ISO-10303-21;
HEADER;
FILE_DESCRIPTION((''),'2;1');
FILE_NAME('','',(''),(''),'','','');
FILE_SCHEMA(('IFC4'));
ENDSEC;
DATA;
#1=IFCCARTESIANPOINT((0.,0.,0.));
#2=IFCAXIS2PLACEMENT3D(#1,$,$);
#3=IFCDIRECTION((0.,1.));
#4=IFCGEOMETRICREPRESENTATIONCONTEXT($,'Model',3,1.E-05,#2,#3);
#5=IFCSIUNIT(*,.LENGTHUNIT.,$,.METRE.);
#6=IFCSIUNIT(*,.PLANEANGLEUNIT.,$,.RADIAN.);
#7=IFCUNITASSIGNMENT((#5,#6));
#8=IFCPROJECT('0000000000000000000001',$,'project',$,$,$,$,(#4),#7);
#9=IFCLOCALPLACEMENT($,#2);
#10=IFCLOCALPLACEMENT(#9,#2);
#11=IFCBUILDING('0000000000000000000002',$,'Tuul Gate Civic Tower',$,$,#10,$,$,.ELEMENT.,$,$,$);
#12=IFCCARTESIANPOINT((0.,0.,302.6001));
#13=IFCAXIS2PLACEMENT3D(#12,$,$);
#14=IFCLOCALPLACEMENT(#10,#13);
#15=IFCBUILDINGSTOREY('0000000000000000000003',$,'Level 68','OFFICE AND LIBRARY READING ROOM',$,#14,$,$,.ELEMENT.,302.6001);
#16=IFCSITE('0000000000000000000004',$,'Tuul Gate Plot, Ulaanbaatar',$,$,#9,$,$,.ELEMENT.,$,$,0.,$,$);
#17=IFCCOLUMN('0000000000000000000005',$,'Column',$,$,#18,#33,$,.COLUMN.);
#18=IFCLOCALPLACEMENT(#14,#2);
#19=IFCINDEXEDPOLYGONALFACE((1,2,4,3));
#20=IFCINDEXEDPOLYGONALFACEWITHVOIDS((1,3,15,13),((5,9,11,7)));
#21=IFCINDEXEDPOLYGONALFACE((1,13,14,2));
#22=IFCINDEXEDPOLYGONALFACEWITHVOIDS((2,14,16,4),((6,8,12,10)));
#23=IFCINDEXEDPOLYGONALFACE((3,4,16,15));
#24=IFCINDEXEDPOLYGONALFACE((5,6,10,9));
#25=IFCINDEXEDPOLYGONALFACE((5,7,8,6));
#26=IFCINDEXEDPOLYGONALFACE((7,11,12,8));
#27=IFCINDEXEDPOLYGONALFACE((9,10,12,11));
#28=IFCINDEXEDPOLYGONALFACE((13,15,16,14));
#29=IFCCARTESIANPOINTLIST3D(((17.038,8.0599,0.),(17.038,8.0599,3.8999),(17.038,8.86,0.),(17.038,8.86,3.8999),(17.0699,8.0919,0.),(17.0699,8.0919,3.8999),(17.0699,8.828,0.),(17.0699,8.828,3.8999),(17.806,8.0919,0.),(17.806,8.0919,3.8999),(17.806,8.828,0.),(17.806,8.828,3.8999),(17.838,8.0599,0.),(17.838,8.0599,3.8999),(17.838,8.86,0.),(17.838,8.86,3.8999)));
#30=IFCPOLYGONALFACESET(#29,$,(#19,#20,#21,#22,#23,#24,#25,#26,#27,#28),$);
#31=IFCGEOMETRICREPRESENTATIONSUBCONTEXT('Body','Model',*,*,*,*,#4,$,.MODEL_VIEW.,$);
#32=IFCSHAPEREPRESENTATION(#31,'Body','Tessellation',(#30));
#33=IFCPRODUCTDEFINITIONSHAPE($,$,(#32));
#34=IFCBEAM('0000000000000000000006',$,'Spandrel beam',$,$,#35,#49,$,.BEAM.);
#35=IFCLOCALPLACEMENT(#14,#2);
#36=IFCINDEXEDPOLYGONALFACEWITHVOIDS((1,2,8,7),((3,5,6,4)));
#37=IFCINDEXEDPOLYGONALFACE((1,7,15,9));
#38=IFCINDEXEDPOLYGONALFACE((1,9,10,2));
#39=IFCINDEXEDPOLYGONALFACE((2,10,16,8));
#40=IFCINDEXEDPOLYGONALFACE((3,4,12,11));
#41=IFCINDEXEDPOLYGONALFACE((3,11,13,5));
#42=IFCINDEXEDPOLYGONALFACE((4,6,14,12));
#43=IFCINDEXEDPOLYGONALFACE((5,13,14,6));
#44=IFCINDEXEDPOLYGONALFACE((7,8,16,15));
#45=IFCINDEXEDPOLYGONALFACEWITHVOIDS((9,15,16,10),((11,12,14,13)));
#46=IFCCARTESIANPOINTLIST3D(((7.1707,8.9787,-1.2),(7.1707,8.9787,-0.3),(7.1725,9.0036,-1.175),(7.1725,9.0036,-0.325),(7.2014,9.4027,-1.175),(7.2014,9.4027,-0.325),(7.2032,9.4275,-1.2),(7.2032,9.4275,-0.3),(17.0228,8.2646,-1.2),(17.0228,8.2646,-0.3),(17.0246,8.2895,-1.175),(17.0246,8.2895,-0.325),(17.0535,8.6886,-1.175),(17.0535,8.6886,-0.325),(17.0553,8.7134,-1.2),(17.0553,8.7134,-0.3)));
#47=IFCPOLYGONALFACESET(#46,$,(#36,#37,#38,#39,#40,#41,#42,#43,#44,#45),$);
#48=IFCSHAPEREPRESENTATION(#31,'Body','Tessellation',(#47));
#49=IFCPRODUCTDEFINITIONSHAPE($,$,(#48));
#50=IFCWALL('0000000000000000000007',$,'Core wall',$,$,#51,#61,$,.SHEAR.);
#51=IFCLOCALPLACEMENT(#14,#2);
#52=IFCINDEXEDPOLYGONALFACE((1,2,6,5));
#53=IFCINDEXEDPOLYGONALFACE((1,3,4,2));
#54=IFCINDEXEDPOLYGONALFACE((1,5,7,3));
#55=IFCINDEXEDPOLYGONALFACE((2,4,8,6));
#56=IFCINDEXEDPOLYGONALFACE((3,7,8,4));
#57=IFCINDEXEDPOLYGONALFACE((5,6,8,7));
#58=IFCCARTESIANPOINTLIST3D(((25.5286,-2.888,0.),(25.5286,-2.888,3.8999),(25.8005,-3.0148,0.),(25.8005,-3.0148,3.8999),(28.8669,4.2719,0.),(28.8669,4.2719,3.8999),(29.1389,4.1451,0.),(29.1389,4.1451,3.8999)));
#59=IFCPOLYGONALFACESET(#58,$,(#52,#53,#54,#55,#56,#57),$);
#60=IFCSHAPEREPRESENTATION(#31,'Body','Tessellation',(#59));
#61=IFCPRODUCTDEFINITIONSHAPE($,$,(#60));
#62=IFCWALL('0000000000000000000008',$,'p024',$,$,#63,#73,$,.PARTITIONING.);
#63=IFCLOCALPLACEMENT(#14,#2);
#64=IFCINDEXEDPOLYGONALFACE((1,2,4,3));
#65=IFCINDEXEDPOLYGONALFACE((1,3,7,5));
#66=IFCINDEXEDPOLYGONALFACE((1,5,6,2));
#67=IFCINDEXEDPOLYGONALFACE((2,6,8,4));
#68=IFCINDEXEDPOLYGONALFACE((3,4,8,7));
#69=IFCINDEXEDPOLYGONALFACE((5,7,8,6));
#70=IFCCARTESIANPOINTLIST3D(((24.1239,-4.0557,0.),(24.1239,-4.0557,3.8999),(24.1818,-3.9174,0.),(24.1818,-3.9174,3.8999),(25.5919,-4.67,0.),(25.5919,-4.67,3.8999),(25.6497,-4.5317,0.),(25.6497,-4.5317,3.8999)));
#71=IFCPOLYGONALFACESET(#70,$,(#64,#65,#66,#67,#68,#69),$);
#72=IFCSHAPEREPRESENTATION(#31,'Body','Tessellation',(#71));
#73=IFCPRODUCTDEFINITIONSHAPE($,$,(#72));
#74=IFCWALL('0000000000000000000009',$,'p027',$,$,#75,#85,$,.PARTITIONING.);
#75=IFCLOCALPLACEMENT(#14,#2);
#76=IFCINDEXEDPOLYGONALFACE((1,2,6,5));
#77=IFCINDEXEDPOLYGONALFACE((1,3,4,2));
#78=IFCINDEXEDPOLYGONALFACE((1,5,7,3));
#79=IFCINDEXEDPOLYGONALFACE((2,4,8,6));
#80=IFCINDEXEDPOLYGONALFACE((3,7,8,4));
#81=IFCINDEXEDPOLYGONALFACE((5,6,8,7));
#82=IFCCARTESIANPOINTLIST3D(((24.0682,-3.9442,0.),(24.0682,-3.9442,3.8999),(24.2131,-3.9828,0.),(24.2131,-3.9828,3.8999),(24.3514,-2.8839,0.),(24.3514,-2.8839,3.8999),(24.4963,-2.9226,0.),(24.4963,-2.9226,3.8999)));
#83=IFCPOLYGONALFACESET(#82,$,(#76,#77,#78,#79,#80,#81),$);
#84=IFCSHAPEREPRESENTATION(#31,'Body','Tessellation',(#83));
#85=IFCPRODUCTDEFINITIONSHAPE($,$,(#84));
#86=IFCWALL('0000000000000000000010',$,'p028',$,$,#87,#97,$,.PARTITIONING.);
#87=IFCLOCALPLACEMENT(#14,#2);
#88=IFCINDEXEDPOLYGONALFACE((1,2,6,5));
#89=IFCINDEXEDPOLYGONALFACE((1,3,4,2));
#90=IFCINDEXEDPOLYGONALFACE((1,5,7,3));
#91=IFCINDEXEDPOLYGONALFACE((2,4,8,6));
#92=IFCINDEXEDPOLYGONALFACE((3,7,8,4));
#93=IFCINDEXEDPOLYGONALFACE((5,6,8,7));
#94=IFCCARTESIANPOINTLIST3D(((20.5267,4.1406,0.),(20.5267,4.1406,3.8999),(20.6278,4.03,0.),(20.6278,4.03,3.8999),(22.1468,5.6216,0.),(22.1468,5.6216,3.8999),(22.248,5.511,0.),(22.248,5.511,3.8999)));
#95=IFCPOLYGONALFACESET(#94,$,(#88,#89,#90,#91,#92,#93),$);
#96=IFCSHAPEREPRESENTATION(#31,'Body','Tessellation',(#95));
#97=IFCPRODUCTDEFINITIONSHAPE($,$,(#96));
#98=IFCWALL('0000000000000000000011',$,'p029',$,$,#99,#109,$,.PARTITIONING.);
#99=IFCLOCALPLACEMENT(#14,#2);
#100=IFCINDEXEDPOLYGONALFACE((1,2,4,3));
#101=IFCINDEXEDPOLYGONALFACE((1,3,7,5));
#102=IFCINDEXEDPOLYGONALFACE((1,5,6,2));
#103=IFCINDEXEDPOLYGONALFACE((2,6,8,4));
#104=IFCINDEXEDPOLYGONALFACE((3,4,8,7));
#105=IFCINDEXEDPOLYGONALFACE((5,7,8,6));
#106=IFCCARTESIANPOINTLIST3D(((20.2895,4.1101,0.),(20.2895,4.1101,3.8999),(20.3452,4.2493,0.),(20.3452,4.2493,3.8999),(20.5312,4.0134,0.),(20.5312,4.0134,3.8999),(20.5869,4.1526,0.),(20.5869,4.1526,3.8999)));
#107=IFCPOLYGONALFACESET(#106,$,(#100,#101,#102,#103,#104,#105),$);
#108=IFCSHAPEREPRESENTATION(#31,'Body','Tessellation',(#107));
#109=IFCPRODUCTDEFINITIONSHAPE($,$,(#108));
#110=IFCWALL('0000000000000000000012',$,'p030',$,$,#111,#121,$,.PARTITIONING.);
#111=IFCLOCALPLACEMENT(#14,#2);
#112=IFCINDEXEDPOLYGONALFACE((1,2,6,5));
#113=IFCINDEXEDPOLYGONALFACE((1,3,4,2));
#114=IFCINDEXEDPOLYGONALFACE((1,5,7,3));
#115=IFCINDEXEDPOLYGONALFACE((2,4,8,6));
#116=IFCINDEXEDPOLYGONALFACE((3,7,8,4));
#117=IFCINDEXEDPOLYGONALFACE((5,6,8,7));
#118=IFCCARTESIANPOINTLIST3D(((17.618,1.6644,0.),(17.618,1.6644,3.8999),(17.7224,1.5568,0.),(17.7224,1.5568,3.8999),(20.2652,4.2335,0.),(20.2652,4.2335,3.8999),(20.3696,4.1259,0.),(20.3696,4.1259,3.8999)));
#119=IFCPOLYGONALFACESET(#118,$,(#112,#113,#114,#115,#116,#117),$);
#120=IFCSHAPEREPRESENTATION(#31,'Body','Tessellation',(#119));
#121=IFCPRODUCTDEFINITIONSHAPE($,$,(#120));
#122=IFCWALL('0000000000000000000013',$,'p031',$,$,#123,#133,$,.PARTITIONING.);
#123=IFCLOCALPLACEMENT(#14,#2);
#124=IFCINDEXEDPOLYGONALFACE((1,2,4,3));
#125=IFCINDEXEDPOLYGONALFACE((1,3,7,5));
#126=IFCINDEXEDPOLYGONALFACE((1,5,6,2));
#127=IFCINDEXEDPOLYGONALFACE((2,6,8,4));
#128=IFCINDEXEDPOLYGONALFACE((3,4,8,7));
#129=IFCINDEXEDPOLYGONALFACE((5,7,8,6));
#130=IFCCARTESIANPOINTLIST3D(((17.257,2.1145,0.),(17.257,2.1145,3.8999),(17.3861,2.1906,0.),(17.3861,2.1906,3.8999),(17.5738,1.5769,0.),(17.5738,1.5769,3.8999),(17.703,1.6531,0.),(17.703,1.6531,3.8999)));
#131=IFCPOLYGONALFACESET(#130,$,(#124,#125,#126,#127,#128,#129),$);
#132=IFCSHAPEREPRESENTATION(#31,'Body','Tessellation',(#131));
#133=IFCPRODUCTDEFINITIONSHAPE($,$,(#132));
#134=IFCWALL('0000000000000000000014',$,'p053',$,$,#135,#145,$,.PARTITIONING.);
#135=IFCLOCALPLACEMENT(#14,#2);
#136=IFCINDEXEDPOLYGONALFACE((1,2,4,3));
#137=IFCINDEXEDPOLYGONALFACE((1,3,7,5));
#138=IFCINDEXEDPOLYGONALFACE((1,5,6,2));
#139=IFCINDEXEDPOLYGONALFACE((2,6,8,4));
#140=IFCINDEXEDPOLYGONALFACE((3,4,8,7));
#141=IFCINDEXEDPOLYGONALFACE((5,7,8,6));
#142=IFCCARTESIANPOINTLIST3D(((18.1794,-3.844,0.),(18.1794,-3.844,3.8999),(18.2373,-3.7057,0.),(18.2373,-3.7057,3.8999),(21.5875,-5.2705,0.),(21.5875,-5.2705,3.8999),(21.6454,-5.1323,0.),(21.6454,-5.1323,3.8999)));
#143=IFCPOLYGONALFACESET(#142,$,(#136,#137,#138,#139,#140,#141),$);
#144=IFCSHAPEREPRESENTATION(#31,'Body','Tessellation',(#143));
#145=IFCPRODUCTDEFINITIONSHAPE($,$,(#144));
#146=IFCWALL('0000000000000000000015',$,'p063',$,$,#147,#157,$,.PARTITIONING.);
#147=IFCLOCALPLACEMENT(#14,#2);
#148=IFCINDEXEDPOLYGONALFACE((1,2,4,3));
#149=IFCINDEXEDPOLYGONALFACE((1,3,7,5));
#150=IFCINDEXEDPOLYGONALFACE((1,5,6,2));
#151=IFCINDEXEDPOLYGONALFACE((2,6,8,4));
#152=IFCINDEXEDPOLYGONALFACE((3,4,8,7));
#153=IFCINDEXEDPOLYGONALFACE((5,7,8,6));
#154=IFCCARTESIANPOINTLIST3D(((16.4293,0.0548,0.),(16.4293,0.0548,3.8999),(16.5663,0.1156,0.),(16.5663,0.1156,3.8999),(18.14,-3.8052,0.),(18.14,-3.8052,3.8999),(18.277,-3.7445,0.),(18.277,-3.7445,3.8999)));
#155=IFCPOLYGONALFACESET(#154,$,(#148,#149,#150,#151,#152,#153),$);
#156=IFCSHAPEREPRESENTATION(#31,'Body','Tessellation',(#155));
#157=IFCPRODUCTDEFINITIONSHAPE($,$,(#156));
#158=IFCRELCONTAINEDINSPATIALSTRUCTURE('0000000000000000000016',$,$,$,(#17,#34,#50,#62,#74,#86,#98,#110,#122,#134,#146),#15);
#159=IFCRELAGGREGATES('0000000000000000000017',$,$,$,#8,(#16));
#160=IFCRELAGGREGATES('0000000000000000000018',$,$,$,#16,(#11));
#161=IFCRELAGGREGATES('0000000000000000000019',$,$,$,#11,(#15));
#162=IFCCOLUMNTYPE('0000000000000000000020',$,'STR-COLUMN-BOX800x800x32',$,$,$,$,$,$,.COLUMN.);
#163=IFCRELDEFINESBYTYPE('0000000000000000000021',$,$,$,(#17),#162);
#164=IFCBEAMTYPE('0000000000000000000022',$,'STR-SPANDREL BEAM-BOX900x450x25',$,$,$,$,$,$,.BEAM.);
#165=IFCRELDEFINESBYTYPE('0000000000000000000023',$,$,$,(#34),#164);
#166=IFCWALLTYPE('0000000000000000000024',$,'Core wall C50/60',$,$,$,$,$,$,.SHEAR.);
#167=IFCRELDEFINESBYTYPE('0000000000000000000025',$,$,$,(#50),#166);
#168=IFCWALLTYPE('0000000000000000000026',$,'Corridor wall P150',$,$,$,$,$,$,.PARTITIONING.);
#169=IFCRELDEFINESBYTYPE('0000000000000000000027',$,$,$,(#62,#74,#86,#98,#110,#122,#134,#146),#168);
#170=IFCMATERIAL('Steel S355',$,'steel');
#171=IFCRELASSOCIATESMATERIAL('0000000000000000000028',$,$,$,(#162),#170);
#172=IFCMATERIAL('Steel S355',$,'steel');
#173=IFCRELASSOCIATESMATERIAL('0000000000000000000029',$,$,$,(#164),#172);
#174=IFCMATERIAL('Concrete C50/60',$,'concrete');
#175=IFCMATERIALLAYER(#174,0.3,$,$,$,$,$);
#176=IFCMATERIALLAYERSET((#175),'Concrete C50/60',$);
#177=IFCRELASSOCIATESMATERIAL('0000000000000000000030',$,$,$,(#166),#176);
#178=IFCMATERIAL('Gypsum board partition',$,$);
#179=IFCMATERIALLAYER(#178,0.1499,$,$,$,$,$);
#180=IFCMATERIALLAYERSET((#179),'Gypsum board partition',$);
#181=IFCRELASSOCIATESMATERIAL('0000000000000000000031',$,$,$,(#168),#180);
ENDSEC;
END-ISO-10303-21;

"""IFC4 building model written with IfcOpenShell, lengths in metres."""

from ifc_helpers import new_model, si_unit, direction, frame, frame_2d, origin, origin_2d, place, context, subcontext, project, spatial, rectangle, hollow_rectangle, extrude, material, layer, layer_set, material_profile, profile_set, type_object, element, save


model = new_model("IFC4")

# Units and contexts
model_context = context("Model", 3, precision=1e-05, world=origin(), true_north=direction((0.0, 1.0)))
body_context = subcontext(model_context, "Body", "Model", "MODEL_VIEW")
ifc_project = project(units=[si_unit("LENGTHUNIT", "METRE"), si_unit("PLANEANGLEUNIT", "RADIAN")], contexts=[model_context])

# Site, building, storey
site_placement = place(None, origin())
site = spatial("IfcSite", under=ifc_project, at=site_placement, Name="Tuul Gate Plot, Ulaanbaatar", CompositionType="ELEMENT", RefElevation=0.0)
building_placement = place(site_placement, origin())
building = spatial("IfcBuilding", under=site, at=building_placement, Name="Tuul Gate Civic Tower", CompositionType="ELEMENT")
storey_placement = place(building_placement, frame((0.0, 0.0, 302.6001)))
storey = spatial("IfcBuildingStorey", under=building, at=storey_placement, Name="Level 68", Description="OFFICE AND LIBRARY READING ROOM", CompositionType="ELEMENT", Elevation=302.6001)

# Column
ifc_material_1 = material(Name="Steel S355", Category="steel")
ifc_material_profile_1 = material_profile(ifc_material_1, hollow_rectangle(XDim=0.8, YDim=0.8, WallThickness=0.032, at=origin_2d()), Name="BOX800x800x32")
ifc_profile_set_1 = profile_set([ifc_material_profile_1], Name="Steel S355")
column_type = type_object("IfcColumnType", Name="STR-COLUMN-BOX800x800x32", PredefinedType="COLUMN", material=ifc_profile_set_1)
column_placement = place(storey_placement, frame((17.438, 8.46, 0.0), z_axis=(0.0, 0.0, 1.0), x_axis=(1.0, 0.0, 0.0)))
element("IfcColumn", 1, at=column_placement, inside=storey, type_object=column_type, Name="Column", PredefinedType="COLUMN", context=body_context, shape_type="SweptSolid", body=[
    extrude(hollow_rectangle(XDim=0.8, YDim=0.8, WallThickness=0.032, at=origin_2d()), origin(), (0.0, 0.0, 1.0), 3.8999),
])

# Beam
ifc_material_2 = material(Name="Steel S355", Category="steel")
ifc_material_profile_2 = material_profile(ifc_material_2, hollow_rectangle(XDim=0.45, YDim=0.8999, WallThickness=0.0249, at=origin_2d()), Name="BOX900x450x25")
ifc_profile_set_2 = profile_set([ifc_material_profile_2], Name="Steel S355")
beam_type = type_object("IfcBeamType", Name="STR-SPANDREL BEAM-BOX900x450x25", PredefinedType="BEAM", material=ifc_profile_set_2)
beam_placement = place(storey_placement, frame((17.0391, 8.489, -0.75), z_axis=(-0.997383, 0.072294, 0.0), x_axis=(-0.072294, -0.997383, 0.0)))
element("IfcBeam", 2, at=beam_placement, inside=storey, type_object=beam_type, Name="Spandrel beam", PredefinedType="BEAM", context=body_context, shape_type="SweptSolid", body=[
    extrude(hollow_rectangle(XDim=0.45, YDim=0.8999, WallThickness=0.0249, at=origin_2d()), origin(), (0.0, 0.0, 1.0), 9.8779),
])

# Walls
ifc_material_3 = material(Name="Concrete C50/60", Category="concrete")
ifc_layer_1 = layer(ifc_material_3, 0.3)
ifc_layer_set_1 = layer_set([ifc_layer_1], Name="Concrete C50/60")
wall_type_1 = type_object("IfcWallType", Name="Core wall C50/60", PredefinedType="SHEAR", material=ifc_layer_set_1)
wall_1_placement = place(storey_placement, frame((25.6646, -2.9514, 0.0), z_axis=(0.0, 0.0, 1.0), x_axis=(0.422583, 0.906324, 0.0)))
element("IfcWall", 3, at=wall_1_placement, inside=storey, type_object=wall_type_1, Name="Core wall", PredefinedType="SHEAR", context=body_context, shape_type="SweptSolid", body=[
    extrude(rectangle(XDim=7.8999, YDim=0.3, at=frame_2d((3.95, 0.0))), origin(), (0.0, 0.0, 1.0), 3.8999),
])
ifc_material_4 = material(Name="Gypsum board partition")
ifc_layer_2 = layer(ifc_material_4, 0.1499)
ifc_layer_set_2 = layer_set([ifc_layer_2], Name="Gypsum board partition")
wall_type_2 = type_object("IfcWallType", Name="Corridor wall P150", PredefinedType="PARTITIONING", material=ifc_layer_set_2)
wall_2_placement = place(storey_placement, frame((24.1528, -3.9866, 0.0), z_axis=(0.0, 0.0, 1.0), x_axis=(0.922499, -0.385998, 0.0)))
element("IfcWall", 4, at=wall_2_placement, inside=storey, type_object=wall_type_2, Name="p024", PredefinedType="PARTITIONING", context=body_context, shape_type="SweptSolid", body=[
    extrude(rectangle(XDim=1.5913, YDim=0.1499, at=frame_2d((0.7957, 0.0))), origin(), (0.0, 0.0, 1.0), 3.8999),
])
wall_3_placement = place(storey_placement, frame((24.1406, -3.9636, 0.0), z_axis=(0.0, 0.0, 1.0), x_axis=(0.25805, 0.966131, 0.0)))
element("IfcWall", 5, at=wall_3_placement, inside=storey, type_object=wall_type_2, Name="p027", PredefinedType="PARTITIONING", context=body_context, shape_type="SweptSolid", body=[
    extrude(rectangle(XDim=1.0974, YDim=0.1499, at=frame_2d((0.5488, 0.0))), origin(), (0.0, 0.0, 1.0), 3.8999),
])
wall_4_placement = place(storey_placement, frame((20.5771, 4.0852, 0.0), z_axis=(0.0, 0.0, 1.0), x_axis=(0.738095, 0.674696, 0.0)))
element("IfcWall", 6, at=wall_4_placement, inside=storey, type_object=wall_type_2, Name="p028", PredefinedType="PARTITIONING", context=body_context, shape_type="SweptSolid", body=[
    extrude(rectangle(XDim=2.1951, YDim=0.1499, at=frame_2d((1.0977, 0.0))), origin(), (0.0, 0.0, 1.0), 3.8999),
])
wall_5_placement = place(storey_placement, frame((20.3174, 4.1797, 0.0), z_axis=(0.0, 0.0, 1.0), x_axis=(0.928477, -0.371391, 0.0)))
element("IfcWall", 7, at=wall_5_placement, inside=storey, type_object=wall_type_2, Name="p029", PredefinedType="PARTITIONING", context=body_context, shape_type="SweptSolid", body=[
    extrude(rectangle(XDim=0.2603, YDim=0.1499, at=frame_2d((0.1301, 0.0))), origin(), (0.0, 0.0, 1.0), 3.8999),
])
wall_6_placement = place(storey_placement, frame((17.6702, 1.6106, 0.0), z_axis=(0.0, 0.0, 1.0), x_axis=(0.717617, 0.696438, 0.0)))
element("IfcWall", 8, at=wall_6_placement, inside=storey, type_object=wall_type_2, Name="p030", PredefinedType="PARTITIONING", context=body_context, shape_type="SweptSolid", body=[
    extrude(rectangle(XDim=3.689, YDim=0.1499, at=frame_2d((1.8445, 0.0))), origin(), (0.0, 0.0, 1.0), 3.8999),
])
wall_7_placement = place(storey_placement, frame((17.3215, 2.1526, 0.0), z_axis=(0.0, 0.0, 1.0), x_axis=(0.507806, -0.861471, 0.0)))
element("IfcWall", 9, at=wall_7_placement, inside=storey, type_object=wall_type_2, Name="p031", PredefinedType="PARTITIONING", context=body_context, shape_type="SweptSolid", body=[
    extrude(rectangle(XDim=0.624, YDim=0.1499, at=frame_2d((0.312, 0.0))), origin(), (0.0, 0.0, 1.0), 3.8999),
])
wall_8_placement = place(storey_placement, frame((18.2085, -3.7749, 0.0), z_axis=(0.0, 0.0, 1.0), x_axis=(0.922448, -0.386121, 0.0)))
element("IfcWall", 10, at=wall_8_placement, inside=storey, type_object=wall_type_2, Name="p053", PredefinedType="PARTITIONING", context=body_context, shape_type="SweptSolid", body=[
    extrude(rectangle(XDim=3.6946, YDim=0.1499, at=frame_2d((1.8472, 0.0))), origin(), (0.0, 0.0, 1.0), 3.8999),
])
wall_9_placement = place(storey_placement, frame((16.4978, 0.0852, 0.0), z_axis=(0.0, 0.0, 1.0), x_axis=(0.405167, -0.914243, 0.0)))
element("IfcWall", 11, at=wall_9_placement, inside=storey, type_object=wall_type_2, Name="p063", PredefinedType="PARTITIONING", context=body_context, shape_type="SweptSolid", body=[
    extrude(rectangle(XDim=4.2222, YDim=0.1499, at=frame_2d((2.1111, 0.0))), origin(), (0.0, 0.0, 1.0), 3.8999),
])

save(model, "model.ifc")
